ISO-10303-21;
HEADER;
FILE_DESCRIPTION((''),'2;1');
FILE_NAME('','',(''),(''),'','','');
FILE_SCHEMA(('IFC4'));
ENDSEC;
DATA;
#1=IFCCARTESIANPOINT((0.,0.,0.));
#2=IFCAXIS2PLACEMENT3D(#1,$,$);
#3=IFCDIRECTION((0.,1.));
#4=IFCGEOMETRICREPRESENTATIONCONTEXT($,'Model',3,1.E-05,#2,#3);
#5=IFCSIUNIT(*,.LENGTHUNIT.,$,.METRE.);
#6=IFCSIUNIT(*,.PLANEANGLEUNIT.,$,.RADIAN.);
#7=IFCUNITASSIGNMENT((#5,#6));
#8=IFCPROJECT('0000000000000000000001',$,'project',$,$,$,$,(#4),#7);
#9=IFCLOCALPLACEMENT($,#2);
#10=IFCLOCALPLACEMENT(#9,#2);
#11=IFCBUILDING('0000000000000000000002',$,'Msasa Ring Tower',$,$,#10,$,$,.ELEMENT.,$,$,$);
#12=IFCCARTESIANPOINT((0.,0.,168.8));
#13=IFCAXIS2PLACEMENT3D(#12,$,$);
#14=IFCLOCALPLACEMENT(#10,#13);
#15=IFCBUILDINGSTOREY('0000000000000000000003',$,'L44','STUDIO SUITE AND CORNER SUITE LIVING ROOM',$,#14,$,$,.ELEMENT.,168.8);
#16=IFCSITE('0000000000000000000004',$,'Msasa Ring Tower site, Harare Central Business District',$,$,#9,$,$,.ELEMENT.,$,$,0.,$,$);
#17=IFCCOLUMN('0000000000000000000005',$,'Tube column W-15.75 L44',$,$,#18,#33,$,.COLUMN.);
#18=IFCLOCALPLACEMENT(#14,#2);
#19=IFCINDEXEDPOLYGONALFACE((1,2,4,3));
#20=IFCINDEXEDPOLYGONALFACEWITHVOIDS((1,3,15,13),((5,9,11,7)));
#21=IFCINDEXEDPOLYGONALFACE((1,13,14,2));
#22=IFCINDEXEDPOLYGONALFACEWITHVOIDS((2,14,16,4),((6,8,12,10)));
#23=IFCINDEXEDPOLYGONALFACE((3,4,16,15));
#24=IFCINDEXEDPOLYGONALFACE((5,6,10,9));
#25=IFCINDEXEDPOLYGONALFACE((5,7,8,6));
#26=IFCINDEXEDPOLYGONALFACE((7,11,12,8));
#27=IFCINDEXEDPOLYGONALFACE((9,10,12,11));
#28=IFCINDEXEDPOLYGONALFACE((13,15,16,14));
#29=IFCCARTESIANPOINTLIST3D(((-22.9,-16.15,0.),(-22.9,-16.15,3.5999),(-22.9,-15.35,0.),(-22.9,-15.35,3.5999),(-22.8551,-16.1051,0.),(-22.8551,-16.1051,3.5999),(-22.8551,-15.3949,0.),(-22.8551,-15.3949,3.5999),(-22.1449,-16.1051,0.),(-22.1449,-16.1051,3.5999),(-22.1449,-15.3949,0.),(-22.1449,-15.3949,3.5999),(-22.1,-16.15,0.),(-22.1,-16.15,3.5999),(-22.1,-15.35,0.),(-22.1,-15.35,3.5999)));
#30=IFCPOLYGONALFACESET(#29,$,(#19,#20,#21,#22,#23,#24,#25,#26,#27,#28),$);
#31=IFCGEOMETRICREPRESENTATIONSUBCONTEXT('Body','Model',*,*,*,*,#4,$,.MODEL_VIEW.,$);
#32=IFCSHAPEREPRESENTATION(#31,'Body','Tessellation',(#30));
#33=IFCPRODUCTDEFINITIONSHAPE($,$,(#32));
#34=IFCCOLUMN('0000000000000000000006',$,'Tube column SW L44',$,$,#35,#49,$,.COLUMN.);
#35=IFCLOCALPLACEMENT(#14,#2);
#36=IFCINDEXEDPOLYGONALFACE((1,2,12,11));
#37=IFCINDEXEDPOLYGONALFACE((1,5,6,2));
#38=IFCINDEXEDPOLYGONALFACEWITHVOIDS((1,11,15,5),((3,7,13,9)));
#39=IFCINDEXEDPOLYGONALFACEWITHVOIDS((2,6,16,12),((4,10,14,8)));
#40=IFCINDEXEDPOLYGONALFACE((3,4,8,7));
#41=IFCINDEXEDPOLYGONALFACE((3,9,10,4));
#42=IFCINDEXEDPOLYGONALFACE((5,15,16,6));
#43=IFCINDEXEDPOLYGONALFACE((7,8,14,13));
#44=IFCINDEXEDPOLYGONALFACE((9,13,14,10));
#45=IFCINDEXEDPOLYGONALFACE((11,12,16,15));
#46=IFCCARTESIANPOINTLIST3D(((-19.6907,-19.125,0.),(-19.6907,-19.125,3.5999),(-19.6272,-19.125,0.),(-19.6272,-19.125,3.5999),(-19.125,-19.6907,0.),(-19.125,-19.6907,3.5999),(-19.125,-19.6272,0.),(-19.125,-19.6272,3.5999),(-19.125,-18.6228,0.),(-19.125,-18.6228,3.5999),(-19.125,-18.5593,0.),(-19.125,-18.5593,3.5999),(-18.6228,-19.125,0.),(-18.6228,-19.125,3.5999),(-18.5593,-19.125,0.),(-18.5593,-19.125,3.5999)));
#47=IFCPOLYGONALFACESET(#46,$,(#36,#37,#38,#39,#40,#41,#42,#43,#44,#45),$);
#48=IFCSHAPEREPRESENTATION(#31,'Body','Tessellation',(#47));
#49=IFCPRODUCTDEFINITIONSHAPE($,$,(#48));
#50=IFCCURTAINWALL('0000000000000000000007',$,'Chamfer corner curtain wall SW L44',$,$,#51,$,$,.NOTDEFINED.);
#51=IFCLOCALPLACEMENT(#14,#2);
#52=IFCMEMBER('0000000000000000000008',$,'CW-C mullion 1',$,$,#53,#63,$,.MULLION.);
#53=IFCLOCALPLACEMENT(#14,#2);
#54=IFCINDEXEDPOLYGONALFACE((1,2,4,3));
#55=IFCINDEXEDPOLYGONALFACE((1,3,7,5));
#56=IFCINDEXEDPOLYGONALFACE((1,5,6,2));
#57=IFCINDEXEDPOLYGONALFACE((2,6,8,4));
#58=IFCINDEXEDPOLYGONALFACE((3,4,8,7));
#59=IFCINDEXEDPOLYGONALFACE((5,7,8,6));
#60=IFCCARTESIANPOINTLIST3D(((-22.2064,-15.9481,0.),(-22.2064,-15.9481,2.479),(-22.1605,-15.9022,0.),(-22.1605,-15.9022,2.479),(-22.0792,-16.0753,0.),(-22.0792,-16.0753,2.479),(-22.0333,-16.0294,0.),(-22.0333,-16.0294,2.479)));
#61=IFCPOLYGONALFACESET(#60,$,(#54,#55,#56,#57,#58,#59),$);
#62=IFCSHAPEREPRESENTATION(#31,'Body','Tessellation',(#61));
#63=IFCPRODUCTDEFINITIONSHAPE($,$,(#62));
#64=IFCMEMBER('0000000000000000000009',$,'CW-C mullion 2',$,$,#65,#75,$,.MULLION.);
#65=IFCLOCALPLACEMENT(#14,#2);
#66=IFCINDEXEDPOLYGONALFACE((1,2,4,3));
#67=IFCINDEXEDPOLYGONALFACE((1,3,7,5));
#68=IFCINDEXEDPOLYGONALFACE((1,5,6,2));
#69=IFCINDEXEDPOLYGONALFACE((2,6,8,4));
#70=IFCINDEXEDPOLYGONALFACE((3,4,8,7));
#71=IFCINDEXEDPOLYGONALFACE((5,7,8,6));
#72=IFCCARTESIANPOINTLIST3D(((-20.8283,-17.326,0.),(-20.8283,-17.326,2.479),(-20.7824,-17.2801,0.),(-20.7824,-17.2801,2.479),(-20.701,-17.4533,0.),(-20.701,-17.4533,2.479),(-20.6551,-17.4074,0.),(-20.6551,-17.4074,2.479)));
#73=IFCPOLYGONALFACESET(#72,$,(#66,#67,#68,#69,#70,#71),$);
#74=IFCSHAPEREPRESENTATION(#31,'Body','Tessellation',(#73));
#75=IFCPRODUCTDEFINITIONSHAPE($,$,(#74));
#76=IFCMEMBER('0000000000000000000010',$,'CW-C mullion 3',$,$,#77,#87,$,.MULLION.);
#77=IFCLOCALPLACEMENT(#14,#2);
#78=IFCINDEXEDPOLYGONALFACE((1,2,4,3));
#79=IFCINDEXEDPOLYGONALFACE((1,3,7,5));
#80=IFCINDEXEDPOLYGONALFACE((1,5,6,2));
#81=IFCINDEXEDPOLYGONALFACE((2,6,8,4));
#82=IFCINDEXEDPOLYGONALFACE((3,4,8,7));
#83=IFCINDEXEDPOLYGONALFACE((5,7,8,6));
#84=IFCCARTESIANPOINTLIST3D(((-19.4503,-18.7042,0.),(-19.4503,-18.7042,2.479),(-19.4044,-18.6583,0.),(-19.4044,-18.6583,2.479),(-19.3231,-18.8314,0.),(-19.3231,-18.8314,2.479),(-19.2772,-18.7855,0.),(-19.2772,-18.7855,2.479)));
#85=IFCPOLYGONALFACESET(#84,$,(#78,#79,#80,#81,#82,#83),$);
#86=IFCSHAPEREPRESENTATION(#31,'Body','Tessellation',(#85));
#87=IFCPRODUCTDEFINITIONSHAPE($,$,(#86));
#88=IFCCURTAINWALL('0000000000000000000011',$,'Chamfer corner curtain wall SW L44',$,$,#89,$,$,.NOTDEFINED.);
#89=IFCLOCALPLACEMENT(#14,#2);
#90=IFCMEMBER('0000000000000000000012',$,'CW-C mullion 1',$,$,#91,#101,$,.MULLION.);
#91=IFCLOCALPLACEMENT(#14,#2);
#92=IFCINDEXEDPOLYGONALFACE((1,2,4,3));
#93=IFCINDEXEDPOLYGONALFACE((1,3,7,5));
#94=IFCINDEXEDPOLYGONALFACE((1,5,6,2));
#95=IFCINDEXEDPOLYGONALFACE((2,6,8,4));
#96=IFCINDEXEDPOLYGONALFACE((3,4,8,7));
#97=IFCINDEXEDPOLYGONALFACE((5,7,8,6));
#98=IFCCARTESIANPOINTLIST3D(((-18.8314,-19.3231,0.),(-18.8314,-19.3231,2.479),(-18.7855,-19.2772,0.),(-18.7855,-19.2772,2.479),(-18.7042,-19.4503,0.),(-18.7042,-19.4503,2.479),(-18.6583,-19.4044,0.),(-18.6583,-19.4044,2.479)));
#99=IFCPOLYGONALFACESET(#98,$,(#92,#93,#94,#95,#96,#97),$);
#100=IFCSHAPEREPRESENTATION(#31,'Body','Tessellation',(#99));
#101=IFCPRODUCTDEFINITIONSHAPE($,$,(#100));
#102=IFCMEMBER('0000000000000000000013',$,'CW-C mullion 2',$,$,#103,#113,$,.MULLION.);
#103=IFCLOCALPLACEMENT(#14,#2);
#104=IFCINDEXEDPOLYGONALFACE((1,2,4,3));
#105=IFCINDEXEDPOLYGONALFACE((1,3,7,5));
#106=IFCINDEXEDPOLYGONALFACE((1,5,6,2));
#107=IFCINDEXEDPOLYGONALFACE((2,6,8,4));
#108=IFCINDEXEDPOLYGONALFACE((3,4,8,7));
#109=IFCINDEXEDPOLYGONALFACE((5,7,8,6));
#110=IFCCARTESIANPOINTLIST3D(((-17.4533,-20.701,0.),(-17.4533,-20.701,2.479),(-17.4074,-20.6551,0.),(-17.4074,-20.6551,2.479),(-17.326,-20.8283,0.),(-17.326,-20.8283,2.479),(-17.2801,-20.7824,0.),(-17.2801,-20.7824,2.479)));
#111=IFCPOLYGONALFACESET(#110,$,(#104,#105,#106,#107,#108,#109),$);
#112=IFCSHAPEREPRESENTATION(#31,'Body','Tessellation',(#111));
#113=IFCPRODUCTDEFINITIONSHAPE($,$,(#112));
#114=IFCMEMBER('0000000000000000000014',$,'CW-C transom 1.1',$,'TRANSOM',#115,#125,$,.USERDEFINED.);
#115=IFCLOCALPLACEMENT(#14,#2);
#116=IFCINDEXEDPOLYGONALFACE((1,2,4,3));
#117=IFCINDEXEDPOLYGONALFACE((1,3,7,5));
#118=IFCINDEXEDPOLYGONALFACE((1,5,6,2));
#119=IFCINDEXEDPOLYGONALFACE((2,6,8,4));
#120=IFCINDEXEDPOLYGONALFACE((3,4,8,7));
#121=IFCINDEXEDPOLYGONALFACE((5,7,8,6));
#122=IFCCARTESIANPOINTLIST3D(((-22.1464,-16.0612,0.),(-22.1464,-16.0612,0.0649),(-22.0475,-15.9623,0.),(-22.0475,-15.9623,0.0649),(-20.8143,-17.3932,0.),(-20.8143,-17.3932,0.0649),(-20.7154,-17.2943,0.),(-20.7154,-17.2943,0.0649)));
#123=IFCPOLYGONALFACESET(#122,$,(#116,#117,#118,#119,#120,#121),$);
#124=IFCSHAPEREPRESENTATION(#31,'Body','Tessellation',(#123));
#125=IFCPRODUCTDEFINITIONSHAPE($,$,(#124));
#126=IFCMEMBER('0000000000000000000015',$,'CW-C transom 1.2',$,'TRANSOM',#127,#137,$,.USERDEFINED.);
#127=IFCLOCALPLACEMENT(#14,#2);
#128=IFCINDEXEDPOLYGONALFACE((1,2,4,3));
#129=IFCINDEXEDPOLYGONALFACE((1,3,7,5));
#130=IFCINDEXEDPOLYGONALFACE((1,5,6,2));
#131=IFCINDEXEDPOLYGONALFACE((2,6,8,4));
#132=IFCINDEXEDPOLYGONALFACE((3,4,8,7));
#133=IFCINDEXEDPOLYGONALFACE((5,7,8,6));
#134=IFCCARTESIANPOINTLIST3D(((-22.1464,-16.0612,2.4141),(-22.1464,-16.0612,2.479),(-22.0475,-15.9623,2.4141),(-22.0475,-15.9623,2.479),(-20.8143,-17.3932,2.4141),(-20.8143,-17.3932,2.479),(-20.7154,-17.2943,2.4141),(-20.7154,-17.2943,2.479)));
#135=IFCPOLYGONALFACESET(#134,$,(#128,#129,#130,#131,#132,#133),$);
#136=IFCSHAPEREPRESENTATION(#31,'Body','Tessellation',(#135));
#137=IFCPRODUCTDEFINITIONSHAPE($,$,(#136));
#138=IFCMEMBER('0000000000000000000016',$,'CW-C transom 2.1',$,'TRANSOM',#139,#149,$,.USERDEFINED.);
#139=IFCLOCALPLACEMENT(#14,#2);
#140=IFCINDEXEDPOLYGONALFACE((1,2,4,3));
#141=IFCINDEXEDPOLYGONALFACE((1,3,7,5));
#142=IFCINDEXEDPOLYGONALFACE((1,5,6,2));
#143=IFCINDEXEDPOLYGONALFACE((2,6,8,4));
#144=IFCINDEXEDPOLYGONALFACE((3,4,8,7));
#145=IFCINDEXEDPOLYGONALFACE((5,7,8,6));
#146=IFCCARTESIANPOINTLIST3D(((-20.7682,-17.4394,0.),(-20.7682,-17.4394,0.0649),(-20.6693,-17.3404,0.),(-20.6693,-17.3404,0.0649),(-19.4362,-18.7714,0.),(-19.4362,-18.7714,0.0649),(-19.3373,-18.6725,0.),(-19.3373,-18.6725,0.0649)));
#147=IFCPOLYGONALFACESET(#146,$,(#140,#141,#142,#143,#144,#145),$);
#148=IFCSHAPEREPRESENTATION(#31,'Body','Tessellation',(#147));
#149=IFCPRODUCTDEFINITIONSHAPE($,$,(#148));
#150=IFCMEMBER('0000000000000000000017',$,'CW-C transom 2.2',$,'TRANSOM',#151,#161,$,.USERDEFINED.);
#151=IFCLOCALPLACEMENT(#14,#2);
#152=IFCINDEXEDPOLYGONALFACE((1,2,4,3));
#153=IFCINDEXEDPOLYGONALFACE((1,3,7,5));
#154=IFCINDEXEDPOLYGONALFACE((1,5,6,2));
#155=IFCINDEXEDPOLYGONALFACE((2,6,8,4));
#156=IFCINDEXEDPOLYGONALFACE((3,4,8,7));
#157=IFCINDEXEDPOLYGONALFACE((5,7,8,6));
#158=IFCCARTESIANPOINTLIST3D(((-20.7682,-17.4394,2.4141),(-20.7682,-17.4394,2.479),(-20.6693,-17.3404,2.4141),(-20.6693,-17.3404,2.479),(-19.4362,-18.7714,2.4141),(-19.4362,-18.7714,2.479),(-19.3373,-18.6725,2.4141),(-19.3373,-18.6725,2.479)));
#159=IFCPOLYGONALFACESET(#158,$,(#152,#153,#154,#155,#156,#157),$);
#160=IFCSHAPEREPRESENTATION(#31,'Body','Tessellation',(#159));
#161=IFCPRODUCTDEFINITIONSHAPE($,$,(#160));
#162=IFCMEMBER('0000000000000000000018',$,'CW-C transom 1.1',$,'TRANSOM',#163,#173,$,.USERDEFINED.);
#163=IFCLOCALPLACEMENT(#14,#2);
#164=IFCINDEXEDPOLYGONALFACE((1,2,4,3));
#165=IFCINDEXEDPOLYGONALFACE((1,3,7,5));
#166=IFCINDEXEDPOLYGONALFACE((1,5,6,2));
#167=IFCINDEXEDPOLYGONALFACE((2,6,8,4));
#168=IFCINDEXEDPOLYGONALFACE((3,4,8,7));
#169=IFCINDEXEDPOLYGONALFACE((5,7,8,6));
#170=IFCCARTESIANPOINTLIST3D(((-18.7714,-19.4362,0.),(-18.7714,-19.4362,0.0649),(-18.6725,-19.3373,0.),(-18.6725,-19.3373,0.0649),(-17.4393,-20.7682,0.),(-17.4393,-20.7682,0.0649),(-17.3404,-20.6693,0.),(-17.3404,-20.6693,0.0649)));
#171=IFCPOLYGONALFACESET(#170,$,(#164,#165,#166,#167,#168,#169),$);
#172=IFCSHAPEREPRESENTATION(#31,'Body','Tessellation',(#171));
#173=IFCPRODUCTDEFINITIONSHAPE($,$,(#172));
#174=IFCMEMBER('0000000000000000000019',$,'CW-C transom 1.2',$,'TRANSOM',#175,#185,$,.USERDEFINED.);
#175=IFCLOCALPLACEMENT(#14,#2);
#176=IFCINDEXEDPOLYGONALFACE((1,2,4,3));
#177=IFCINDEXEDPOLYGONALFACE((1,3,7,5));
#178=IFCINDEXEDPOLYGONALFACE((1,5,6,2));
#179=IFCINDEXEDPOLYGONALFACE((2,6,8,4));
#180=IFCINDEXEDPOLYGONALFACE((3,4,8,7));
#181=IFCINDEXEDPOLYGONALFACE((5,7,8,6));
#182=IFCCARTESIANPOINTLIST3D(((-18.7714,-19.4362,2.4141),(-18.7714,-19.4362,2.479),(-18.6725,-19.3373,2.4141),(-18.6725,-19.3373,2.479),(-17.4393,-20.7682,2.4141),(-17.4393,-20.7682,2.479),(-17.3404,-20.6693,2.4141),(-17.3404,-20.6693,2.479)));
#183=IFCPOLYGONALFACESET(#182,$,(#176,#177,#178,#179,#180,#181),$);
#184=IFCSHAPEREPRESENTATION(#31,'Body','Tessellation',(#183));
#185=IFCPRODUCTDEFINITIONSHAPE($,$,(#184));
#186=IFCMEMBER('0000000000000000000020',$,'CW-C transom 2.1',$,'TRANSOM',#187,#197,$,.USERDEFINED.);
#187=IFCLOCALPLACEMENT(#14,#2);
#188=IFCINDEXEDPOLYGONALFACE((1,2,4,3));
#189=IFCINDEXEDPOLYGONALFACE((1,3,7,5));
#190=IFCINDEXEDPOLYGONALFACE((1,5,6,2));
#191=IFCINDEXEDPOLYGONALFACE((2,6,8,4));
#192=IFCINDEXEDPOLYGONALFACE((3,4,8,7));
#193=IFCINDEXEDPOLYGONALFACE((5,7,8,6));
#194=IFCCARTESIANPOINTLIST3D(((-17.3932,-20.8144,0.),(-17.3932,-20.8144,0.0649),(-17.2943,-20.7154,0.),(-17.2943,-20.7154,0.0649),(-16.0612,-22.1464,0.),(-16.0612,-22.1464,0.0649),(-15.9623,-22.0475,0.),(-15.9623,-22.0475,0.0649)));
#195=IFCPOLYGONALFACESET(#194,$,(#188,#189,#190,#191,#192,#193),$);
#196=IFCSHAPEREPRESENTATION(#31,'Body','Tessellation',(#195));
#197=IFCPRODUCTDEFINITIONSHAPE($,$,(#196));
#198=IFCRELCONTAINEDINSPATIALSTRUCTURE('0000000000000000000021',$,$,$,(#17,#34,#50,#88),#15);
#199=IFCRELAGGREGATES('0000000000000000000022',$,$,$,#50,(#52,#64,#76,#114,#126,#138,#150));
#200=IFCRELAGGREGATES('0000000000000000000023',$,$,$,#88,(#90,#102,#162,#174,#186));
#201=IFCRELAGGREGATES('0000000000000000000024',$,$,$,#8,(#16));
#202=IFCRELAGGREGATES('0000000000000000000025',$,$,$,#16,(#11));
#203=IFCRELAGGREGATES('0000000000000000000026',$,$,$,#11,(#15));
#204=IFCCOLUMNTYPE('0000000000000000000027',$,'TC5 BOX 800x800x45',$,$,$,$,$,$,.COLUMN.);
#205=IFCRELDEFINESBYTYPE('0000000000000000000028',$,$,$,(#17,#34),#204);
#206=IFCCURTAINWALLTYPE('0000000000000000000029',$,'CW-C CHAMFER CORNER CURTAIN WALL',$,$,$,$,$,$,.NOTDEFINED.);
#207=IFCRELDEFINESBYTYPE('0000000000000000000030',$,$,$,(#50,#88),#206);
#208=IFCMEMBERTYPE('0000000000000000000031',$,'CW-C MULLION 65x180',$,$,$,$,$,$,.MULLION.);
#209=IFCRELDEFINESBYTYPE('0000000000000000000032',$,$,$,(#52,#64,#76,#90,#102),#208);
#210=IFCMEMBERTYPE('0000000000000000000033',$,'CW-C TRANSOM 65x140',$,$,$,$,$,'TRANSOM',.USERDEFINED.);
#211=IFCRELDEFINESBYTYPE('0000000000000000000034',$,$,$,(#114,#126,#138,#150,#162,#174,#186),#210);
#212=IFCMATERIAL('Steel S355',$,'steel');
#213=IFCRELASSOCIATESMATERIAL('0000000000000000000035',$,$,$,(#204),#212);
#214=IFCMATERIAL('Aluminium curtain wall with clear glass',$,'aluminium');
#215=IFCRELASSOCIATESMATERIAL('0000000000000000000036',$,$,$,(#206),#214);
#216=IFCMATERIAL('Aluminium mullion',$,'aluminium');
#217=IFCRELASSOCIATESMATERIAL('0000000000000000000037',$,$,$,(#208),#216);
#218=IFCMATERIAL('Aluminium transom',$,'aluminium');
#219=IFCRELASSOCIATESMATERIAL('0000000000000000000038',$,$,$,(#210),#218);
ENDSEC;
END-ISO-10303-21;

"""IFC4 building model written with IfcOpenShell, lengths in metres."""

from ifc_helpers import new_model, si_unit, direction, frame, origin, origin_2d, place, context, subcontext, project, spatial, rectangle, hollow_rectangle, extrude, material, material_profile, profile_set, type_object, element, aggregate, save


model = new_model("IFC4")

# Units and contexts
model_context = context("Model", 3, precision=1e-05, world=origin(), true_north=direction((0.0, 1.0)))
body_context = subcontext(model_context, "Body", "Model", "MODEL_VIEW")
ifc_project = project(units=[si_unit("LENGTHUNIT", "METRE"), si_unit("PLANEANGLEUNIT", "RADIAN")], contexts=[model_context])

# Site, building, storey
site_placement = place(None, origin())
site = spatial("IfcSite", under=ifc_project, at=site_placement, Name="Msasa Ring Tower site, Harare Central Business District", CompositionType="ELEMENT", RefElevation=0.0)
building_placement = place(site_placement, origin())
building = spatial("IfcBuilding", under=site, at=building_placement, Name="Msasa Ring Tower", CompositionType="ELEMENT")
storey_placement = place(building_placement, frame((0.0, 0.0, 168.8)))
storey = spatial("IfcBuildingStorey", under=building, at=storey_placement, Name="L44", Description="STUDIO SUITE AND CORNER SUITE LIVING ROOM", CompositionType="ELEMENT", Elevation=168.8)

# Columns
ifc_material_1 = material(Name="Steel S355", Category="steel")
ifc_material_profile_1 = material_profile(ifc_material_1, hollow_rectangle(XDim=0.8, YDim=0.8, WallThickness=0.0449, at=origin_2d()), Name="BOX 800x800x45")
ifc_profile_set_1 = profile_set([ifc_material_profile_1], Name="Steel S355")
column_type = type_object("IfcColumnType", Name="TC5 BOX 800x800x45", PredefinedType="COLUMN", material=ifc_profile_set_1)
for number, where, z_axis, x_axis, name in (
    (1, (-22.5, -15.75, 0.0), (0.0, 0.0, 1.0), (1.0, 0.0, 0.0), "Tube column W-15.75 L44"),
    (2, (-19.125, -19.125, 0.0), (0.0, 0.0, 1.0), (0.707107, 0.707107, 0.0), "Tube column SW L44"),
):
    element("IfcColumn", number, at=place(storey_placement, frame(where, z_axis=z_axis, x_axis=x_axis)), inside=storey, type_object=column_type, Name=name, PredefinedType="COLUMN", context=body_context, shape_type="SweptSolid", body=[
        extrude(hollow_rectangle(XDim=0.8, YDim=0.8, WallThickness=0.0449, at=origin_2d()), origin(), (0.0, 0.0, 1.0), 3.5999),
    ])

# Curtain walls, members
ifc_material_2 = material(Name="Aluminium curtain wall with clear glass", Category="aluminium")
curtain_wall_type = type_object("IfcCurtainWallType", Name="CW-C CHAMFER CORNER CURTAIN WALL", PredefinedType="NOTDEFINED", material=ifc_material_2)
curtain_wall_1_placement = place(storey_placement, origin())
curtain_wall_1 = element("IfcCurtainWall", 3, at=curtain_wall_1_placement, inside=storey, type_object=curtain_wall_type, Name="Chamfer corner curtain wall SW L44", PredefinedType="NOTDEFINED")
ifc_material_3 = material(Name="Aluminium mullion", Category="aluminium")
ifc_material_profile_2 = material_profile(ifc_material_3, rectangle(XDim=0.0649, YDim=0.1799, at=origin_2d()), Name="AL 65x180")
ifc_profile_set_2 = profile_set([ifc_material_profile_2], Name="Aluminium mullion")
member_type_1 = type_object("IfcMemberType", Name="CW-C MULLION 65x180", PredefinedType="MULLION", material=ifc_profile_set_2)
member_1_placement = place(storey_placement, frame((-22.1199, -15.9888, 0.0), z_axis=(0.0, 0.0, 1.0), x_axis=(0.707107, 0.707107, 0.0)))
member_1 = element("IfcMember", 4, at=member_1_placement, type_object=member_type_1, Name="CW-C mullion 1", PredefinedType="MULLION", context=body_context, shape_type="SweptSolid", body=[
    extrude(rectangle(XDim=0.0649, YDim=0.1799, at=origin_2d()), origin(), (0.0, 0.0, 1.0), 2.479),
])
member_2_placement = place(storey_placement, frame((-20.7417, -17.3667, 0.0), z_axis=(0.0, 0.0, 1.0), x_axis=(0.707107, 0.707107, 0.0)))
member_2 = element("IfcMember", 5, at=member_2_placement, type_object=member_type_1, Name="CW-C mullion 2", PredefinedType="MULLION", context=body_context, shape_type="SweptSolid", body=[
    extrude(rectangle(XDim=0.0649, YDim=0.1799, at=origin_2d()), origin(), (0.0, 0.0, 1.0), 2.479),
])
member_3_placement = place(storey_placement, frame((-19.3638, -18.7449, 0.0), z_axis=(0.0, 0.0, 1.0), x_axis=(0.707107, 0.707107, 0.0)))
member_3 = element("IfcMember", 6, at=member_3_placement, type_object=member_type_1, Name="CW-C mullion 3", PredefinedType="MULLION", context=body_context, shape_type="SweptSolid", body=[
    extrude(rectangle(XDim=0.0649, YDim=0.1799, at=origin_2d()), origin(), (0.0, 0.0, 1.0), 2.479),
])
curtain_wall_2_placement = place(storey_placement, origin())
curtain_wall_2 = element("IfcCurtainWall", 7, at=curtain_wall_2_placement, inside=storey, type_object=curtain_wall_type, Name="Chamfer corner curtain wall SW L44", PredefinedType="NOTDEFINED")
member_4_placement = place(storey_placement, frame((-18.7449, -19.3638, 0.0), z_axis=(0.0, 0.0, 1.0), x_axis=(0.707107, 0.707107, 0.0)))
member_4 = element("IfcMember", 8, at=member_4_placement, type_object=member_type_1, Name="CW-C mullion 1", PredefinedType="MULLION", context=body_context, shape_type="SweptSolid", body=[
    extrude(rectangle(XDim=0.0649, YDim=0.1799, at=origin_2d()), origin(), (0.0, 0.0, 1.0), 2.479),
])
member_5_placement = place(storey_placement, frame((-17.3667, -20.7417, 0.0), z_axis=(0.0, 0.0, 1.0), x_axis=(0.707107, 0.707107, 0.0)))
member_5 = element("IfcMember", 9, at=member_5_placement, type_object=member_type_1, Name="CW-C mullion 2", PredefinedType="MULLION", context=body_context, shape_type="SweptSolid", body=[
    extrude(rectangle(XDim=0.0649, YDim=0.1799, at=origin_2d()), origin(), (0.0, 0.0, 1.0), 2.479),
])

# Members
ifc_material_4 = material(Name="Aluminium transom", Category="aluminium")
ifc_material_profile_3 = material_profile(ifc_material_4, rectangle(XDim=0.1399, YDim=0.0649, at=origin_2d()), Name="AL 65x140")
ifc_profile_set_3 = profile_set([ifc_material_profile_3], Name="Aluminium transom")
member_type_2 = type_object("IfcMemberType", Name="CW-C TRANSOM 65x140", ElementType="TRANSOM", PredefinedType="USERDEFINED", material=ifc_profile_set_3)
member_6_placement = place(storey_placement, frame((-22.0969, -16.0117, 0.0325), z_axis=(0.707107, -0.707107, 0.0), x_axis=(0.707107, 0.707107, 0.0)))
member_6 = element("IfcMember", 10, at=member_6_placement, type_object=member_type_2, Name="CW-C transom 1.1", ObjectType="TRANSOM", PredefinedType="USERDEFINED", context=body_context, shape_type="SweptSolid", body=[
    extrude(rectangle(XDim=0.1399, YDim=0.0649, at=origin_2d()), origin(), (0.0, 0.0, 1.0), 1.8838),
])
member_7_placement = place(storey_placement, frame((-22.0969, -16.0117, 2.4465), z_axis=(0.707107, -0.707107, 0.0), x_axis=(0.707107, 0.707107, 0.0)))
member_7 = element("IfcMember", 11, at=member_7_placement, type_object=member_type_2, Name="CW-C transom 1.2", ObjectType="TRANSOM", PredefinedType="USERDEFINED", context=body_context, shape_type="SweptSolid", body=[
    extrude(rectangle(XDim=0.1399, YDim=0.0649, at=origin_2d()), origin(), (0.0, 0.0, 1.0), 1.8838),
])
member_8_placement = place(storey_placement, frame((-20.7188, -17.3899, 0.0325), z_axis=(0.707107, -0.707107, 0.0), x_axis=(0.707107, 0.707107, 0.0)))
member_8 = element("IfcMember", 12, at=member_8_placement, type_object=member_type_2, Name="CW-C transom 2.1", ObjectType="TRANSOM", PredefinedType="USERDEFINED", context=body_context, shape_type="SweptSolid", body=[
    extrude(rectangle(XDim=0.1399, YDim=0.0649, at=origin_2d()), origin(), (0.0, 0.0, 1.0), 1.8838),
])
member_9_placement = place(storey_placement, frame((-20.7188, -17.3899, 2.4465), z_axis=(0.707107, -0.707107, 0.0), x_axis=(0.707107, 0.707107, 0.0)))
member_9 = element("IfcMember", 13, at=member_9_placement, type_object=member_type_2, Name="CW-C transom 2.2", ObjectType="TRANSOM", PredefinedType="USERDEFINED", context=body_context, shape_type="SweptSolid", body=[
    extrude(rectangle(XDim=0.1399, YDim=0.0649, at=origin_2d()), origin(), (0.0, 0.0, 1.0), 1.8838),
])
member_10_placement = place(storey_placement, frame((-18.7219, -19.3867, 0.0325), z_axis=(0.707107, -0.707107, 0.0), x_axis=(0.707107, 0.707107, 0.0)))
member_10 = element("IfcMember", 14, at=member_10_placement, type_object=member_type_2, Name="CW-C transom 1.1", ObjectType="TRANSOM", PredefinedType="USERDEFINED", context=body_context, shape_type="SweptSolid", body=[
    extrude(rectangle(XDim=0.1399, YDim=0.0649, at=origin_2d()), origin(), (0.0, 0.0, 1.0), 1.8838),
])
member_11_placement = place(storey_placement, frame((-18.7219, -19.3867, 2.4465), z_axis=(0.707107, -0.707107, 0.0), x_axis=(0.707107, 0.707107, 0.0)))
member_11 = element("IfcMember", 15, at=member_11_placement, type_object=member_type_2, Name="CW-C transom 1.2", ObjectType="TRANSOM", PredefinedType="USERDEFINED", context=body_context, shape_type="SweptSolid", body=[
    extrude(rectangle(XDim=0.1399, YDim=0.0649, at=origin_2d()), origin(), (0.0, 0.0, 1.0), 1.8838),
])
member_12_placement = place(storey_placement, frame((-17.3438, -20.7649, 0.0325), z_axis=(0.707107, -0.707107, 0.0), x_axis=(0.707107, 0.707107, 0.0)))
member_12 = element("IfcMember", 16, at=member_12_placement, type_object=member_type_2, Name="CW-C transom 2.1", ObjectType="TRANSOM", PredefinedType="USERDEFINED", context=body_context, shape_type="SweptSolid", body=[
    extrude(rectangle(XDim=0.1399, YDim=0.0649, at=origin_2d()), origin(), (0.0, 0.0, 1.0), 1.8838),
])

aggregate(curtain_wall_1, [member_1, member_2, member_3, member_6, member_7, member_8, member_9])
aggregate(curtain_wall_2, [member_4, member_5, member_10, member_11, member_12])

save(model, "model.ifc")
